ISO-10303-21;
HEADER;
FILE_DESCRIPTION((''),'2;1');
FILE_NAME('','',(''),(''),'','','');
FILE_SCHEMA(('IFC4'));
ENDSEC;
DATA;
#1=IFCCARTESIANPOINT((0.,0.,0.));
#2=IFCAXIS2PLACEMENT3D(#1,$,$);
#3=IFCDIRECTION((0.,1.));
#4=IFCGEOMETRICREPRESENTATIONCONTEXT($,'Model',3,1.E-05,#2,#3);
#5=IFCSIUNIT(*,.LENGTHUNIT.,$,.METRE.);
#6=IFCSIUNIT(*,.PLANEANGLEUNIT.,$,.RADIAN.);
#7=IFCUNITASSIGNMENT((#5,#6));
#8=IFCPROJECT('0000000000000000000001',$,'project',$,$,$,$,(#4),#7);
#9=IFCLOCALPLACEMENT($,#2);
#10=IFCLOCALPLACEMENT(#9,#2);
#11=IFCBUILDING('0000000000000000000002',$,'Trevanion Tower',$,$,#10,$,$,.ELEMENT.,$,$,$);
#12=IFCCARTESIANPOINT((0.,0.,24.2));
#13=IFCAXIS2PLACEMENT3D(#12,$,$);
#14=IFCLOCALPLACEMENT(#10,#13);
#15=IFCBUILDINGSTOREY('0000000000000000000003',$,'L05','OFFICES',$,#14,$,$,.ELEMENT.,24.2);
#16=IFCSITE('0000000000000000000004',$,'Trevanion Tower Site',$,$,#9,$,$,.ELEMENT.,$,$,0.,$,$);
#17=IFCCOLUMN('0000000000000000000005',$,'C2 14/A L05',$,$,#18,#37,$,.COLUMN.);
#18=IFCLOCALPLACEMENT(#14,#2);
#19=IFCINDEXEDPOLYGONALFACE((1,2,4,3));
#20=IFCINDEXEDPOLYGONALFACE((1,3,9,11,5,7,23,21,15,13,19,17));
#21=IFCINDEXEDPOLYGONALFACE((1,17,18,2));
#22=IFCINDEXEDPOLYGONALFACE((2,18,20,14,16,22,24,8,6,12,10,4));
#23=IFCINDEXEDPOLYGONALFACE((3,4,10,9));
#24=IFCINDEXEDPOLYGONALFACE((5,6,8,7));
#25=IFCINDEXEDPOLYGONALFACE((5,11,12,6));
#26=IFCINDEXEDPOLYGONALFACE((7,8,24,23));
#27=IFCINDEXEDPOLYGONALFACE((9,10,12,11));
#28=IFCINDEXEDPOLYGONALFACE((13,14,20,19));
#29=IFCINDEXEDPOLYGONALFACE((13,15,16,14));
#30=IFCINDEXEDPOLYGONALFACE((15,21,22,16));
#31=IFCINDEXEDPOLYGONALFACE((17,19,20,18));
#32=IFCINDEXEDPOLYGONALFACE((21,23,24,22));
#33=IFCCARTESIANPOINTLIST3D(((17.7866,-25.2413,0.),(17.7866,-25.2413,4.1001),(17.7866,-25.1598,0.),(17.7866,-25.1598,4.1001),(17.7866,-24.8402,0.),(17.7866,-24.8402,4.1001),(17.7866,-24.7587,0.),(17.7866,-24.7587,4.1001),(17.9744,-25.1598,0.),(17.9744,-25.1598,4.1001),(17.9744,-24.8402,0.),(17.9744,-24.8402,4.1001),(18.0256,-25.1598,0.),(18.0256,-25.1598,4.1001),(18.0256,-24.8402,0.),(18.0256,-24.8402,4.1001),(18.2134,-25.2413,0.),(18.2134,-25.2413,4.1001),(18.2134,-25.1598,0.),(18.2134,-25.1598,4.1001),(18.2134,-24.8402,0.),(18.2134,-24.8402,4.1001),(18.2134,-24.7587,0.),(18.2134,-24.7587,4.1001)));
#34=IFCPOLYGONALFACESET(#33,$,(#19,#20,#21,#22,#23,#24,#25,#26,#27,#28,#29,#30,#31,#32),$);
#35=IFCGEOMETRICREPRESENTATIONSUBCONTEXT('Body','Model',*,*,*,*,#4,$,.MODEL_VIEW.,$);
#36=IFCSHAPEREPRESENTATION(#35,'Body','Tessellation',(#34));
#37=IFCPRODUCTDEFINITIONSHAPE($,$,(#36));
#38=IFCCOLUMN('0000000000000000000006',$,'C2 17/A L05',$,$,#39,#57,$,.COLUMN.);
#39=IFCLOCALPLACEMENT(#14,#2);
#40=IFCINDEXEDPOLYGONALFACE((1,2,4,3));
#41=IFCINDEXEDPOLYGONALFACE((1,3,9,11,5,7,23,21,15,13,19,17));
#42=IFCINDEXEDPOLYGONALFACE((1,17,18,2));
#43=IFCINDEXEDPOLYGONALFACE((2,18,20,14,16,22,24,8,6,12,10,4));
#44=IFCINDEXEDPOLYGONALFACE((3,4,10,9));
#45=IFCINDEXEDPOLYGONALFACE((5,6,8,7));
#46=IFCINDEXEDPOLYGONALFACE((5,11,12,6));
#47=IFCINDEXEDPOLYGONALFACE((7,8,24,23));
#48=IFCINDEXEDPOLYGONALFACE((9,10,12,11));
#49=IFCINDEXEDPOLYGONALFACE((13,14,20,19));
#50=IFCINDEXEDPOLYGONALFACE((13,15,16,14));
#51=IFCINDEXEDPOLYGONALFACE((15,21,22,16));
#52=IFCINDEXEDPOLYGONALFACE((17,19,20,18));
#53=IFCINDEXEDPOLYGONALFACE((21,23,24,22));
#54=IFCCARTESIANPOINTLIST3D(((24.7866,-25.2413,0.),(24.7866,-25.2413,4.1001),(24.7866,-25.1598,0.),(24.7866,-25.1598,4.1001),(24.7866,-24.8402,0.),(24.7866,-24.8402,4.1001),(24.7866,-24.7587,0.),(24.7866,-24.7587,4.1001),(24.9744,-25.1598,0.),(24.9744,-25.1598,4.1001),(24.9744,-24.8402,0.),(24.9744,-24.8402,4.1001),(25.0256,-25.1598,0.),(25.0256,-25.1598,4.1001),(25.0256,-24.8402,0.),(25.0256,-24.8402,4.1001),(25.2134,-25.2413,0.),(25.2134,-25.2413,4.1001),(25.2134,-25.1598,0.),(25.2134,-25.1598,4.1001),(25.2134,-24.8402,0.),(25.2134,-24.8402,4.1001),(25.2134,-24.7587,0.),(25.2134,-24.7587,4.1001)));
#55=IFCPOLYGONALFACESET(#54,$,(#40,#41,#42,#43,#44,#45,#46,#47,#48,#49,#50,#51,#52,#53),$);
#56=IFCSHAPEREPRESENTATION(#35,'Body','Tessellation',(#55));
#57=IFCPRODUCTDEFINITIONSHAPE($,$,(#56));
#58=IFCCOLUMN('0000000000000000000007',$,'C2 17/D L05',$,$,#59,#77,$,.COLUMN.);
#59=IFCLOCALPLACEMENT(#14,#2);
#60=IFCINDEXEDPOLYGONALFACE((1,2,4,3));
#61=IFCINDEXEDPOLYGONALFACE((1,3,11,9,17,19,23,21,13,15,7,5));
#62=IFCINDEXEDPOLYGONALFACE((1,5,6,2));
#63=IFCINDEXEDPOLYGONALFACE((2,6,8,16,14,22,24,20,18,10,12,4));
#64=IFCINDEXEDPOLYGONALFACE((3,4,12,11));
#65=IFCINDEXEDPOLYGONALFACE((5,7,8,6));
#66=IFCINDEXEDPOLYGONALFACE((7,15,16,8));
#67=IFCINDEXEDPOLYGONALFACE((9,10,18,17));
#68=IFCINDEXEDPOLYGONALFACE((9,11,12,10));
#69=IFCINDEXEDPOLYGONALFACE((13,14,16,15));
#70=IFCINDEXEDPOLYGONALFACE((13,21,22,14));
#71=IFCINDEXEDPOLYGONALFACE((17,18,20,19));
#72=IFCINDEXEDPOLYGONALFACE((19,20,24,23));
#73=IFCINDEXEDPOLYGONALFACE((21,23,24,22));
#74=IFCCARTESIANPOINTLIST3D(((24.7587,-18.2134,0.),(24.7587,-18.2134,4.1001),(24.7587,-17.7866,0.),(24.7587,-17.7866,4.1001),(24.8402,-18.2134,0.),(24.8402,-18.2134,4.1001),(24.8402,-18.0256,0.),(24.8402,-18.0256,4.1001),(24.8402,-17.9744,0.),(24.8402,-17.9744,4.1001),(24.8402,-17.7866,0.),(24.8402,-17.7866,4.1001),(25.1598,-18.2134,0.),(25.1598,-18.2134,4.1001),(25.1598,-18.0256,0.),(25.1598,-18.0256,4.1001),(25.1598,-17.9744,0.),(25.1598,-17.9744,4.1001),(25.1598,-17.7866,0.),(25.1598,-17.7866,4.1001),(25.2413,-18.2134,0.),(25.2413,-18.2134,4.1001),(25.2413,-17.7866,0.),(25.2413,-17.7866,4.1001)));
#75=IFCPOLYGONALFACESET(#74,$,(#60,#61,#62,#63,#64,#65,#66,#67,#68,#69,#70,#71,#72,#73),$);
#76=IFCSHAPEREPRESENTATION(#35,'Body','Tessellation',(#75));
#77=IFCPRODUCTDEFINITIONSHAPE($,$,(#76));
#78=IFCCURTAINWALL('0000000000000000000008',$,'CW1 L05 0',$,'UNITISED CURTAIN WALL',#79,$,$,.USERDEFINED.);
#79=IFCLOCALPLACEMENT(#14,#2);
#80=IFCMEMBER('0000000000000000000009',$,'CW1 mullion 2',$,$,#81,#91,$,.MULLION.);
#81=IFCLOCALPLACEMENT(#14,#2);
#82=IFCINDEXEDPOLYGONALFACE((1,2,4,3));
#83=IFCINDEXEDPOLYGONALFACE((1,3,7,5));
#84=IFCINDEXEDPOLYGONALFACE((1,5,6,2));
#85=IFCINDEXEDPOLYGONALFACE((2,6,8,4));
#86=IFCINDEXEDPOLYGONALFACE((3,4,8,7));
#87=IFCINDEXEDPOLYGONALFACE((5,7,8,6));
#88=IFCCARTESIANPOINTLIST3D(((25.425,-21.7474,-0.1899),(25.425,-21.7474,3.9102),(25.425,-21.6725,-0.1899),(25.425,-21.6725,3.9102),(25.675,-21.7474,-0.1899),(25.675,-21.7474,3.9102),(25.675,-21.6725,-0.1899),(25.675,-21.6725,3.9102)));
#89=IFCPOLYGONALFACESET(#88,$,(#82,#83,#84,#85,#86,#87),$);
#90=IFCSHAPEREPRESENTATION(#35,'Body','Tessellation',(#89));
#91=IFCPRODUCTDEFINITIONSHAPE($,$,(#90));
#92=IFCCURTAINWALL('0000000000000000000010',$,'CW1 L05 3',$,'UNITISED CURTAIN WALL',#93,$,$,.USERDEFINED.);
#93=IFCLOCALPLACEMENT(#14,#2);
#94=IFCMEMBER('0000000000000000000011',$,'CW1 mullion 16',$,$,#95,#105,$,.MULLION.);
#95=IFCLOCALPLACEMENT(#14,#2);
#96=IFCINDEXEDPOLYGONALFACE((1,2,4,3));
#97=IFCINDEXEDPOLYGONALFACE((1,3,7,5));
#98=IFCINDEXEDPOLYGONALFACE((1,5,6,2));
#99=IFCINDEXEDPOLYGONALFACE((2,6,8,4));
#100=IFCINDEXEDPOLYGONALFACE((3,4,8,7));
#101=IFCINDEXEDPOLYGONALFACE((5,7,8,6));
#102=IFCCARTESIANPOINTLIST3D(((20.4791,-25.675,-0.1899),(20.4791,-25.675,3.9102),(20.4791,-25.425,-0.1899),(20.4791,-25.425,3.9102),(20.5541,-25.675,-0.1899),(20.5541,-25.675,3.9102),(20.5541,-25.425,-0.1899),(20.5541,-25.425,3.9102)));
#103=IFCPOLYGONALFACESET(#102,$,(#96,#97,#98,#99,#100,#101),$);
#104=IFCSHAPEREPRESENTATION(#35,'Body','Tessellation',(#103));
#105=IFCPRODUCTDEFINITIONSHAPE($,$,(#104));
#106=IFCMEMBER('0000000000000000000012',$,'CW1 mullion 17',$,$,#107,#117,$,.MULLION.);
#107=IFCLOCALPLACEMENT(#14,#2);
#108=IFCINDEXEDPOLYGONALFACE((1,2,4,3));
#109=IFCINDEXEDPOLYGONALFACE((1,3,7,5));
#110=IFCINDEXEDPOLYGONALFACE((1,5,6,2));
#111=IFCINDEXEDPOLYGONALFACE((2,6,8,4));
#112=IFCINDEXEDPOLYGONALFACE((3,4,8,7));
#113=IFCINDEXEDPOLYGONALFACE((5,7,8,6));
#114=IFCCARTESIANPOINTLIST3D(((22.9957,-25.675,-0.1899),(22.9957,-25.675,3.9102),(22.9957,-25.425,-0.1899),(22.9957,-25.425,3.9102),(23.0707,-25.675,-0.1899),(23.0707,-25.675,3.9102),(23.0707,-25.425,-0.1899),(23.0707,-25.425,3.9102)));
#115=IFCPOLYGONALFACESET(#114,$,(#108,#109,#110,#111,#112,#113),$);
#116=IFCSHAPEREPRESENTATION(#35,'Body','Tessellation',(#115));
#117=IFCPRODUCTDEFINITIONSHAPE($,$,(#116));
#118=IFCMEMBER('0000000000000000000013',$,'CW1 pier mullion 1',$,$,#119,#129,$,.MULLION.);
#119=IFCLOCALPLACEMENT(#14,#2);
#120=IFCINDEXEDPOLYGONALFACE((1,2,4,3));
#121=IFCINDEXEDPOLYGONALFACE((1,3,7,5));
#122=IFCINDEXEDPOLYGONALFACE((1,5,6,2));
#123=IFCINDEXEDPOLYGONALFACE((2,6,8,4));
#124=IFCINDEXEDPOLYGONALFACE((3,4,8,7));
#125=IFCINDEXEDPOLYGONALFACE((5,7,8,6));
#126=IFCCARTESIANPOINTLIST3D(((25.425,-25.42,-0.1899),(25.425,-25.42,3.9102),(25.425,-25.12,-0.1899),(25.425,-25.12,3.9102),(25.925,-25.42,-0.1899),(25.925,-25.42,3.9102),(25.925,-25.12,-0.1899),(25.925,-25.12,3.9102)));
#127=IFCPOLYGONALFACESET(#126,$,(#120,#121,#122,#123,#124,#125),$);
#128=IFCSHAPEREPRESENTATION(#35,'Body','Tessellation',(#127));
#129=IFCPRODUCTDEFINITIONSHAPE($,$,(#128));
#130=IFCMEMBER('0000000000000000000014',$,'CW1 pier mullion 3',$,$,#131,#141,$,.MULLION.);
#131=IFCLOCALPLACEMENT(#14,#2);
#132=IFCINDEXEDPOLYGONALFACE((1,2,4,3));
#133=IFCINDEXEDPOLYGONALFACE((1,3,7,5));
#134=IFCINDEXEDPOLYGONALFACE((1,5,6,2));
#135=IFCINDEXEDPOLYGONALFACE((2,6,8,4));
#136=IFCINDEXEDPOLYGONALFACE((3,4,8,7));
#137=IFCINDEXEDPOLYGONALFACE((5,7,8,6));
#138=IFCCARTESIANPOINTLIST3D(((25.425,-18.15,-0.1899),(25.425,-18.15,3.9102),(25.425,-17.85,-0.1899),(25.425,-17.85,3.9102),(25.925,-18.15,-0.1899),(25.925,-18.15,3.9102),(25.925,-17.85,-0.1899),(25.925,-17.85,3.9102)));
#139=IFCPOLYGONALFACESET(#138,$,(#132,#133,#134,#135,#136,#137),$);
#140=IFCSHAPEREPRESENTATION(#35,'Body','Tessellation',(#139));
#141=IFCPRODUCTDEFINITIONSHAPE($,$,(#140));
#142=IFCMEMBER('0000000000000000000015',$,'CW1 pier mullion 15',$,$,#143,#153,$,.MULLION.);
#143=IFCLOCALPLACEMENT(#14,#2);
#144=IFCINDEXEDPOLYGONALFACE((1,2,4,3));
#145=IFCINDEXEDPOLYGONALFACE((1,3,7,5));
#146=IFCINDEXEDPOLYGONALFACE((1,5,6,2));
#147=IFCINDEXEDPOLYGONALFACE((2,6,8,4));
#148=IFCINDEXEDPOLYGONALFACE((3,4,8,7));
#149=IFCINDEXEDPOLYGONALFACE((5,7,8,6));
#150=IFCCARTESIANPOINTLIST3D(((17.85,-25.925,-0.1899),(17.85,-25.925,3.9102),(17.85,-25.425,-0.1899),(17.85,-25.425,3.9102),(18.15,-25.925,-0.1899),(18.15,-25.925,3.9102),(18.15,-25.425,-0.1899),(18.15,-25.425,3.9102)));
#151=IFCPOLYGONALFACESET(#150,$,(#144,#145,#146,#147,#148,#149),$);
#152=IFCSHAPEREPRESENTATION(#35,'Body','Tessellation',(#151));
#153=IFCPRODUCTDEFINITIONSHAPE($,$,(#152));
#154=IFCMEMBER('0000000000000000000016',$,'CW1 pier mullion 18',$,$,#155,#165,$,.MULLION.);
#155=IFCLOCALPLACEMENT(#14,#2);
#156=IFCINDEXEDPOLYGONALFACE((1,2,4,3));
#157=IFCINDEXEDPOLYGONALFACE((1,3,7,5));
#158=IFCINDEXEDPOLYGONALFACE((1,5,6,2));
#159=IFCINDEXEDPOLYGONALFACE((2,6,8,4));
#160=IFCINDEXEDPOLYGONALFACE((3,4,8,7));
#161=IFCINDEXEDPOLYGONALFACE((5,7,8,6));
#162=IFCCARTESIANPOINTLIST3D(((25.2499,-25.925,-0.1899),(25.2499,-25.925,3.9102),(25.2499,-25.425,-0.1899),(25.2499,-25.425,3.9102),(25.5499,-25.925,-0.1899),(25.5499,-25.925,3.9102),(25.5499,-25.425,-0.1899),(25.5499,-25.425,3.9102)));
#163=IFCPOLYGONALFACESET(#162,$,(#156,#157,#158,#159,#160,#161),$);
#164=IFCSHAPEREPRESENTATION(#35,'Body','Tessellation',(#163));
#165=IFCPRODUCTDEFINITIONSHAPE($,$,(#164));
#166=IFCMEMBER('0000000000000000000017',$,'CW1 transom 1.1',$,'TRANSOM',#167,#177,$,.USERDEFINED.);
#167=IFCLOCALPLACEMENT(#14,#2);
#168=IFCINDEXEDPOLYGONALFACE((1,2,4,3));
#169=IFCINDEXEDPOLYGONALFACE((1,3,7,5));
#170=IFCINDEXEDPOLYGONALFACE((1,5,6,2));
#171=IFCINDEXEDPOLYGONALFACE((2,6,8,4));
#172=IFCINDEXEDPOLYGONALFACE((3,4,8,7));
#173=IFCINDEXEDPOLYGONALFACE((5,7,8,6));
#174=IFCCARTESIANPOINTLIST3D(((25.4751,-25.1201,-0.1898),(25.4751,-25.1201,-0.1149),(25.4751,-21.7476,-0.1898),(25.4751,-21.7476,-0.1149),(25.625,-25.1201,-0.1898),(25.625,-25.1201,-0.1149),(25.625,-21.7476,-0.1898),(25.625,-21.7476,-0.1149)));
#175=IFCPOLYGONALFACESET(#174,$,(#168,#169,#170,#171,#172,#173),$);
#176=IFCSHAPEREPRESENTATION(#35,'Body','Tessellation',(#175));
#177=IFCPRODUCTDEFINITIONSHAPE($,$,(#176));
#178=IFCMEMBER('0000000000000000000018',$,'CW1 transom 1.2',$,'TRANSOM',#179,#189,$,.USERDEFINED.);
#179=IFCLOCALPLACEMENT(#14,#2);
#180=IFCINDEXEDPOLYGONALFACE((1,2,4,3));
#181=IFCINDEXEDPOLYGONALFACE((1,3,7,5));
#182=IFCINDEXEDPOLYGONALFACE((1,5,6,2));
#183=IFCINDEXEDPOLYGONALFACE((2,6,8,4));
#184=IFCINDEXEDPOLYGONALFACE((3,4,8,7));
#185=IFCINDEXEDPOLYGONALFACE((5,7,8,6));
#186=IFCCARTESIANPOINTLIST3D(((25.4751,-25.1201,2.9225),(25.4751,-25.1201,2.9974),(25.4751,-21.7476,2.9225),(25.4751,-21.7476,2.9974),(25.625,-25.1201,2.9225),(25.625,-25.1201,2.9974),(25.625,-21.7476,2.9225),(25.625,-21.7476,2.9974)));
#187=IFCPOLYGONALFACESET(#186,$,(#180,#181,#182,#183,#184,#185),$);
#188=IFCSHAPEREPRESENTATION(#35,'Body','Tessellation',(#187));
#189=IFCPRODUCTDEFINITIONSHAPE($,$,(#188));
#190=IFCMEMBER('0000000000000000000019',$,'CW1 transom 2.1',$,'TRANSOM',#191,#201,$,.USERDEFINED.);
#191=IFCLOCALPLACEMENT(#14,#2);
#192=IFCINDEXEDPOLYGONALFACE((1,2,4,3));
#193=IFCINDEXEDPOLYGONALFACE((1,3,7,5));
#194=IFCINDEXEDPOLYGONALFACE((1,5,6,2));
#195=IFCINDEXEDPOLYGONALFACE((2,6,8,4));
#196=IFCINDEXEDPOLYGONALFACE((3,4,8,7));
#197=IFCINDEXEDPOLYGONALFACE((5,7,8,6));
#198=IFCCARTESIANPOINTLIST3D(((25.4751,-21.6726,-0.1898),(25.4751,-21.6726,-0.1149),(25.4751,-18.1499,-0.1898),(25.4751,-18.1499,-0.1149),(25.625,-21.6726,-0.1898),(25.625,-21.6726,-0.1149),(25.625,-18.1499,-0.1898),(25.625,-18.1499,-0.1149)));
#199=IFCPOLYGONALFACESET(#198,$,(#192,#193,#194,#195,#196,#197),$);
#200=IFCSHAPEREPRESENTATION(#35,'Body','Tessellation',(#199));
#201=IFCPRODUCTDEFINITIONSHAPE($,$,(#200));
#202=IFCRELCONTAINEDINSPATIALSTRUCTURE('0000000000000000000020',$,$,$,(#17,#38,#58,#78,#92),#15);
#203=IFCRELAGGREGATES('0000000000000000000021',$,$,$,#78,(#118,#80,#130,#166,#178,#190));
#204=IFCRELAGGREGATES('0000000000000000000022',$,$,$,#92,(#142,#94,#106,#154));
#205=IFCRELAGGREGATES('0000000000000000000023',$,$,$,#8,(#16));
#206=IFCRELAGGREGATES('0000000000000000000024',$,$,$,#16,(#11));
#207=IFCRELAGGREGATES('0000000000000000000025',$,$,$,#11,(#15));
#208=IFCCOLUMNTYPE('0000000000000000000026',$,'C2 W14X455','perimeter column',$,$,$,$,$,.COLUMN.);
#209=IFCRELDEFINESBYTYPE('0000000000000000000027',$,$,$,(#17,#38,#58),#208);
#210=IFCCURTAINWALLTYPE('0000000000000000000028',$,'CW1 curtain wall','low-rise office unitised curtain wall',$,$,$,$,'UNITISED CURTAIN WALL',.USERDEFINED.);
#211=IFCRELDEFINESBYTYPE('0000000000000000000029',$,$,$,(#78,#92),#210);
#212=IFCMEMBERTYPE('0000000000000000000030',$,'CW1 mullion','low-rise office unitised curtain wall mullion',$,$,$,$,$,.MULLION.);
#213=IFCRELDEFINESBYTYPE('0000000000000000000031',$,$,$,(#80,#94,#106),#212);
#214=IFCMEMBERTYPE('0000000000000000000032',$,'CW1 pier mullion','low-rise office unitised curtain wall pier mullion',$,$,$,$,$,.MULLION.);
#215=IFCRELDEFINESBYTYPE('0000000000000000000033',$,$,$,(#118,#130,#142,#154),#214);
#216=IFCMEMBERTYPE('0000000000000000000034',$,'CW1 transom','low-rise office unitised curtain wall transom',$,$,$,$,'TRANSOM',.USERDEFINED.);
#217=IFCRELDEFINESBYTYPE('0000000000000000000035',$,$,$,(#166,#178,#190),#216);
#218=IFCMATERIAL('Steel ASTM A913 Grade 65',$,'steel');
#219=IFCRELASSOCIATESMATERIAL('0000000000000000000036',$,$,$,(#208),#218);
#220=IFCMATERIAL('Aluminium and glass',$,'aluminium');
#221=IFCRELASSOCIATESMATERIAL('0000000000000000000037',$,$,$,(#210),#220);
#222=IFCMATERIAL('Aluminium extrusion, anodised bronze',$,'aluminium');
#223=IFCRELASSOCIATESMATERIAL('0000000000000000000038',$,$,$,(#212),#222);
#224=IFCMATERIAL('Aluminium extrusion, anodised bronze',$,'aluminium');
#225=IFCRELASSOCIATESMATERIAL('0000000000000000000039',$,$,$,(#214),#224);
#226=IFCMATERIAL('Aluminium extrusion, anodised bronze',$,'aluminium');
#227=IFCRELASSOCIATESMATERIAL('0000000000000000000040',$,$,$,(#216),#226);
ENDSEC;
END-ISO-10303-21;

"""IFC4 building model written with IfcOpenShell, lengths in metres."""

from ifc_helpers import new_model, si_unit, direction, frame, origin, origin_2d, place, context, subcontext, project, spatial, rectangle, i_section, extrude, material, material_profile, profile_set, type_object, element, aggregate, save


model = new_model("IFC4")

# Units and contexts
model_context = context("Model", 3, precision=1e-05, world=origin(), true_north=direction((0.0, 1.0)))
body_context = subcontext(model_context, "Body", "Model", "MODEL_VIEW")
ifc_project = project(units=[si_unit("LENGTHUNIT", "METRE"), si_unit("PLANEANGLEUNIT", "RADIAN")], contexts=[model_context])

# Site, building, storey
site_placement = place(None, origin())
site = spatial("IfcSite", under=ifc_project, at=site_placement, Name="Trevanion Tower Site", CompositionType="ELEMENT", RefElevation=0.0)
building_placement = place(site_placement, origin())
building = spatial("IfcBuilding", under=site, at=building_placement, Name="Trevanion Tower", CompositionType="ELEMENT")
storey_placement = place(building_placement, frame((0.0, 0.0, 24.2)))
storey = spatial("IfcBuildingStorey", under=building, at=storey_placement, Name="L05", Description="OFFICES", CompositionType="ELEMENT", Elevation=24.2)

# Columns
ifc_material_1 = material(Name="Steel ASTM A913 Grade 65", Category="steel")
ifc_material_profile_1 = material_profile(ifc_material_1, i_section(OverallWidth=0.4268, OverallDepth=0.4827, WebThickness=0.0513, FlangeThickness=0.0815, at=origin_2d()), Name="W14X455")
ifc_profile_set_1 = profile_set([ifc_material_profile_1], Name="Steel ASTM A913 Grade 65")
column_type = type_object("IfcColumnType", Name="C2 W14X455", Description="perimeter column", PredefinedType="COLUMN", material=ifc_profile_set_1)
for number, where, z_axis, x_axis, name in (
    (1, (18.0, -25.0, 0.0), (0.0, 0.0, 1.0), (1.0, 0.0, 0.0), "C2 14/A L05"),
    (2, (25.0, -25.0, 0.0), (0.0, 0.0, 1.0), (1.0, 0.0, 0.0), "C2 17/A L05"),
    (3, (25.0, -18.0, 0.0), (0.0, 0.0, 1.0), (0.0, 1.0, 0.0), "C2 17/D L05"),
):
    element("IfcColumn", number, at=place(storey_placement, frame(where, z_axis=z_axis, x_axis=x_axis)), inside=storey, type_object=column_type, Name=name, PredefinedType="COLUMN", context=body_context, shape_type="SweptSolid", body=[
        extrude(i_section(OverallWidth=0.4268, OverallDepth=0.4827, WebThickness=0.0513, FlangeThickness=0.0815, at=origin_2d()), origin(), (0.0, 0.0, 1.0), 4.1001),
    ])

# Curtain wall, member
ifc_material_2 = material(Name="Aluminium and glass", Category="aluminium")
curtain_wall_type = type_object("IfcCurtainWallType", Name="CW1 curtain wall", Description="low-rise office unitised curtain wall", ElementType="UNITISED CURTAIN WALL", PredefinedType="USERDEFINED", material=ifc_material_2)
curtain_wall_1_placement = place(storey_placement, origin())
curtain_wall_1 = element("IfcCurtainWall", 4, at=curtain_wall_1_placement, inside=storey, type_object=curtain_wall_type, Name="CW1 L05 0", ObjectType="UNITISED CURTAIN WALL", PredefinedType="USERDEFINED")
ifc_material_3 = material(Name="Aluminium extrusion, anodised bronze", Category="aluminium")
ifc_material_profile_2 = material_profile(ifc_material_3, rectangle(XDim=0.075, YDim=0.25, at=origin_2d()), Name="CW1 mullion")
ifc_profile_set_2 = profile_set([ifc_material_profile_2], Name="Aluminium extrusion, anodised bronze")
member_type_1 = type_object("IfcMemberType", Name="CW1 mullion", Description="low-rise office unitised curtain wall mullion", PredefinedType="MULLION", material=ifc_profile_set_2)
member_1_placement = place(storey_placement, frame((25.55, -21.71, -0.1899), z_axis=(0.0, 0.0, 1.0), x_axis=(0.0, 1.0, 0.0)))
member_1 = element("IfcMember", 5, at=member_1_placement, type_object=member_type_1, Name="CW1 mullion 2", PredefinedType="MULLION", context=body_context, shape_type="SweptSolid", body=[
    extrude(rectangle(XDim=0.075, YDim=0.25, at=origin_2d()), origin(), (0.0, 0.0, 1.0), 4.1001),
])

# Curtain wall, members
curtain_wall_2_placement = place(storey_placement, origin())
curtain_wall_2 = element("IfcCurtainWall", 6, at=curtain_wall_2_placement, inside=storey, type_object=curtain_wall_type, Name="CW1 L05 3", ObjectType="UNITISED CURTAIN WALL", PredefinedType="USERDEFINED")
member_2_placement = place(storey_placement, frame((20.5166, -25.55, -0.1899), z_axis=(0.0, 0.0, 1.0), x_axis=(1.0, 0.0, 0.0)))
member_2 = element("IfcMember", 7, at=member_2_placement, type_object=member_type_1, Name="CW1 mullion 16", PredefinedType="MULLION", context=body_context, shape_type="SweptSolid", body=[
    extrude(rectangle(XDim=0.075, YDim=0.25, at=origin_2d()), origin(), (0.0, 0.0, 1.0), 4.1001),
])
member_3_placement = place(storey_placement, frame((23.0332, -25.55, -0.1899), z_axis=(0.0, 0.0, 1.0), x_axis=(1.0, 0.0, 0.0)))
member_3 = element("IfcMember", 8, at=member_3_placement, type_object=member_type_1, Name="CW1 mullion 17", PredefinedType="MULLION", context=body_context, shape_type="SweptSolid", body=[
    extrude(rectangle(XDim=0.075, YDim=0.25, at=origin_2d()), origin(), (0.0, 0.0, 1.0), 4.1001),
])

# Members
ifc_material_4 = material(Name="Aluminium extrusion, anodised bronze", Category="aluminium")
ifc_material_profile_3 = material_profile(ifc_material_4, rectangle(XDim=0.3, YDim=0.5, at=origin_2d()), Name="CW1 pier mullion")
ifc_profile_set_3 = profile_set([ifc_material_profile_3], Name="Aluminium extrusion, anodised bronze")
member_type_2 = type_object("IfcMemberType", Name="CW1 pier mullion", Description="low-rise office unitised curtain wall pier mullion", PredefinedType="MULLION", material=ifc_profile_set_3)
member_4_placement = place(storey_placement, frame((25.675, -25.27, -0.1899), z_axis=(0.0, 0.0, 1.0), x_axis=(0.0, 1.0, 0.0)))
member_4 = element("IfcMember", 9, at=member_4_placement, type_object=member_type_2, Name="CW1 pier mullion 1", PredefinedType="MULLION", context=body_context, shape_type="SweptSolid", body=[
    extrude(rectangle(XDim=0.3, YDim=0.5, at=origin_2d()), origin(), (0.0, 0.0, 1.0), 4.1001),
])
member_5_placement = place(storey_placement, frame((25.675, -18.0, -0.1899), z_axis=(0.0, 0.0, 1.0), x_axis=(0.0, 1.0, 0.0)))
member_5 = element("IfcMember", 10, at=member_5_placement, type_object=member_type_2, Name="CW1 pier mullion 3", PredefinedType="MULLION", context=body_context, shape_type="SweptSolid", body=[
    extrude(rectangle(XDim=0.3, YDim=0.5, at=origin_2d()), origin(), (0.0, 0.0, 1.0), 4.1001),
])
member_6_placement = place(storey_placement, frame((18.0, -25.675, -0.1899), z_axis=(0.0, 0.0, 1.0), x_axis=(1.0, 0.0, 0.0)))
member_6 = element("IfcMember", 11, at=member_6_placement, type_object=member_type_2, Name="CW1 pier mullion 15", PredefinedType="MULLION", context=body_context, shape_type="SweptSolid", body=[
    extrude(rectangle(XDim=0.3, YDim=0.5, at=origin_2d()), origin(), (0.0, 0.0, 1.0), 4.1001),
])
member_7_placement = place(storey_placement, frame((25.3999, -25.675, -0.1899), z_axis=(0.0, 0.0, 1.0), x_axis=(1.0, 0.0, 0.0)))
member_7 = element("IfcMember", 12, at=member_7_placement, type_object=member_type_2, Name="CW1 pier mullion 18", PredefinedType="MULLION", context=body_context, shape_type="SweptSolid", body=[
    extrude(rectangle(XDim=0.3, YDim=0.5, at=origin_2d()), origin(), (0.0, 0.0, 1.0), 4.1001),
])
ifc_material_5 = material(Name="Aluminium extrusion, anodised bronze", Category="aluminium")
ifc_material_profile_4 = material_profile(ifc_material_5, rectangle(XDim=0.1499, YDim=0.075, at=origin_2d()), Name="CW1 transom")
ifc_profile_set_4 = profile_set([ifc_material_profile_4], Name="Aluminium extrusion, anodised bronze")
member_type_3 = type_object("IfcMemberType", Name="CW1 transom", Description="low-rise office unitised curtain wall transom", ElementType="TRANSOM", PredefinedType="USERDEFINED", material=ifc_profile_set_4)
member_8_placement = place(storey_placement, frame((25.55, -25.1201, -0.1523), z_axis=(0.0, 1.0, 0.0), x_axis=(-1.0, 0.0, 0.0)))
member_8 = element("IfcMember", 13, at=member_8_placement, type_object=member_type_3, Name="CW1 transom 1.1", ObjectType="TRANSOM", PredefinedType="USERDEFINED", context=body_context, shape_type="SweptSolid", body=[
    extrude(rectangle(XDim=0.1499, YDim=0.075, at=origin_2d()), origin(), (0.0, 0.0, 1.0), 3.3726),
])
member_9_placement = place(storey_placement, frame((25.55, -25.1201, 2.96), z_axis=(0.0, 1.0, 0.0), x_axis=(-1.0, 0.0, 0.0)))
member_9 = element("IfcMember", 14, at=member_9_placement, type_object=member_type_3, Name="CW1 transom 1.2", ObjectType="TRANSOM", PredefinedType="USERDEFINED", context=body_context, shape_type="SweptSolid", body=[
    extrude(rectangle(XDim=0.1499, YDim=0.075, at=origin_2d()), origin(), (0.0, 0.0, 1.0), 3.3726),
])
member_10_placement = place(storey_placement, frame((25.55, -21.6726, -0.1523), z_axis=(0.0, 1.0, 0.0), x_axis=(-1.0, 0.0, 0.0)))
member_10 = element("IfcMember", 15, at=member_10_placement, type_object=member_type_3, Name="CW1 transom 2.1", ObjectType="TRANSOM", PredefinedType="USERDEFINED", context=body_context, shape_type="SweptSolid", body=[
    extrude(rectangle(XDim=0.1499, YDim=0.075, at=origin_2d()), origin(), (0.0, 0.0, 1.0), 3.5227),
])

aggregate(curtain_wall_1, [member_4, member_1, member_5, member_8, member_9, member_10])
aggregate(curtain_wall_2, [member_6, member_2, member_3, member_7])

save(model, "model.ifc")
